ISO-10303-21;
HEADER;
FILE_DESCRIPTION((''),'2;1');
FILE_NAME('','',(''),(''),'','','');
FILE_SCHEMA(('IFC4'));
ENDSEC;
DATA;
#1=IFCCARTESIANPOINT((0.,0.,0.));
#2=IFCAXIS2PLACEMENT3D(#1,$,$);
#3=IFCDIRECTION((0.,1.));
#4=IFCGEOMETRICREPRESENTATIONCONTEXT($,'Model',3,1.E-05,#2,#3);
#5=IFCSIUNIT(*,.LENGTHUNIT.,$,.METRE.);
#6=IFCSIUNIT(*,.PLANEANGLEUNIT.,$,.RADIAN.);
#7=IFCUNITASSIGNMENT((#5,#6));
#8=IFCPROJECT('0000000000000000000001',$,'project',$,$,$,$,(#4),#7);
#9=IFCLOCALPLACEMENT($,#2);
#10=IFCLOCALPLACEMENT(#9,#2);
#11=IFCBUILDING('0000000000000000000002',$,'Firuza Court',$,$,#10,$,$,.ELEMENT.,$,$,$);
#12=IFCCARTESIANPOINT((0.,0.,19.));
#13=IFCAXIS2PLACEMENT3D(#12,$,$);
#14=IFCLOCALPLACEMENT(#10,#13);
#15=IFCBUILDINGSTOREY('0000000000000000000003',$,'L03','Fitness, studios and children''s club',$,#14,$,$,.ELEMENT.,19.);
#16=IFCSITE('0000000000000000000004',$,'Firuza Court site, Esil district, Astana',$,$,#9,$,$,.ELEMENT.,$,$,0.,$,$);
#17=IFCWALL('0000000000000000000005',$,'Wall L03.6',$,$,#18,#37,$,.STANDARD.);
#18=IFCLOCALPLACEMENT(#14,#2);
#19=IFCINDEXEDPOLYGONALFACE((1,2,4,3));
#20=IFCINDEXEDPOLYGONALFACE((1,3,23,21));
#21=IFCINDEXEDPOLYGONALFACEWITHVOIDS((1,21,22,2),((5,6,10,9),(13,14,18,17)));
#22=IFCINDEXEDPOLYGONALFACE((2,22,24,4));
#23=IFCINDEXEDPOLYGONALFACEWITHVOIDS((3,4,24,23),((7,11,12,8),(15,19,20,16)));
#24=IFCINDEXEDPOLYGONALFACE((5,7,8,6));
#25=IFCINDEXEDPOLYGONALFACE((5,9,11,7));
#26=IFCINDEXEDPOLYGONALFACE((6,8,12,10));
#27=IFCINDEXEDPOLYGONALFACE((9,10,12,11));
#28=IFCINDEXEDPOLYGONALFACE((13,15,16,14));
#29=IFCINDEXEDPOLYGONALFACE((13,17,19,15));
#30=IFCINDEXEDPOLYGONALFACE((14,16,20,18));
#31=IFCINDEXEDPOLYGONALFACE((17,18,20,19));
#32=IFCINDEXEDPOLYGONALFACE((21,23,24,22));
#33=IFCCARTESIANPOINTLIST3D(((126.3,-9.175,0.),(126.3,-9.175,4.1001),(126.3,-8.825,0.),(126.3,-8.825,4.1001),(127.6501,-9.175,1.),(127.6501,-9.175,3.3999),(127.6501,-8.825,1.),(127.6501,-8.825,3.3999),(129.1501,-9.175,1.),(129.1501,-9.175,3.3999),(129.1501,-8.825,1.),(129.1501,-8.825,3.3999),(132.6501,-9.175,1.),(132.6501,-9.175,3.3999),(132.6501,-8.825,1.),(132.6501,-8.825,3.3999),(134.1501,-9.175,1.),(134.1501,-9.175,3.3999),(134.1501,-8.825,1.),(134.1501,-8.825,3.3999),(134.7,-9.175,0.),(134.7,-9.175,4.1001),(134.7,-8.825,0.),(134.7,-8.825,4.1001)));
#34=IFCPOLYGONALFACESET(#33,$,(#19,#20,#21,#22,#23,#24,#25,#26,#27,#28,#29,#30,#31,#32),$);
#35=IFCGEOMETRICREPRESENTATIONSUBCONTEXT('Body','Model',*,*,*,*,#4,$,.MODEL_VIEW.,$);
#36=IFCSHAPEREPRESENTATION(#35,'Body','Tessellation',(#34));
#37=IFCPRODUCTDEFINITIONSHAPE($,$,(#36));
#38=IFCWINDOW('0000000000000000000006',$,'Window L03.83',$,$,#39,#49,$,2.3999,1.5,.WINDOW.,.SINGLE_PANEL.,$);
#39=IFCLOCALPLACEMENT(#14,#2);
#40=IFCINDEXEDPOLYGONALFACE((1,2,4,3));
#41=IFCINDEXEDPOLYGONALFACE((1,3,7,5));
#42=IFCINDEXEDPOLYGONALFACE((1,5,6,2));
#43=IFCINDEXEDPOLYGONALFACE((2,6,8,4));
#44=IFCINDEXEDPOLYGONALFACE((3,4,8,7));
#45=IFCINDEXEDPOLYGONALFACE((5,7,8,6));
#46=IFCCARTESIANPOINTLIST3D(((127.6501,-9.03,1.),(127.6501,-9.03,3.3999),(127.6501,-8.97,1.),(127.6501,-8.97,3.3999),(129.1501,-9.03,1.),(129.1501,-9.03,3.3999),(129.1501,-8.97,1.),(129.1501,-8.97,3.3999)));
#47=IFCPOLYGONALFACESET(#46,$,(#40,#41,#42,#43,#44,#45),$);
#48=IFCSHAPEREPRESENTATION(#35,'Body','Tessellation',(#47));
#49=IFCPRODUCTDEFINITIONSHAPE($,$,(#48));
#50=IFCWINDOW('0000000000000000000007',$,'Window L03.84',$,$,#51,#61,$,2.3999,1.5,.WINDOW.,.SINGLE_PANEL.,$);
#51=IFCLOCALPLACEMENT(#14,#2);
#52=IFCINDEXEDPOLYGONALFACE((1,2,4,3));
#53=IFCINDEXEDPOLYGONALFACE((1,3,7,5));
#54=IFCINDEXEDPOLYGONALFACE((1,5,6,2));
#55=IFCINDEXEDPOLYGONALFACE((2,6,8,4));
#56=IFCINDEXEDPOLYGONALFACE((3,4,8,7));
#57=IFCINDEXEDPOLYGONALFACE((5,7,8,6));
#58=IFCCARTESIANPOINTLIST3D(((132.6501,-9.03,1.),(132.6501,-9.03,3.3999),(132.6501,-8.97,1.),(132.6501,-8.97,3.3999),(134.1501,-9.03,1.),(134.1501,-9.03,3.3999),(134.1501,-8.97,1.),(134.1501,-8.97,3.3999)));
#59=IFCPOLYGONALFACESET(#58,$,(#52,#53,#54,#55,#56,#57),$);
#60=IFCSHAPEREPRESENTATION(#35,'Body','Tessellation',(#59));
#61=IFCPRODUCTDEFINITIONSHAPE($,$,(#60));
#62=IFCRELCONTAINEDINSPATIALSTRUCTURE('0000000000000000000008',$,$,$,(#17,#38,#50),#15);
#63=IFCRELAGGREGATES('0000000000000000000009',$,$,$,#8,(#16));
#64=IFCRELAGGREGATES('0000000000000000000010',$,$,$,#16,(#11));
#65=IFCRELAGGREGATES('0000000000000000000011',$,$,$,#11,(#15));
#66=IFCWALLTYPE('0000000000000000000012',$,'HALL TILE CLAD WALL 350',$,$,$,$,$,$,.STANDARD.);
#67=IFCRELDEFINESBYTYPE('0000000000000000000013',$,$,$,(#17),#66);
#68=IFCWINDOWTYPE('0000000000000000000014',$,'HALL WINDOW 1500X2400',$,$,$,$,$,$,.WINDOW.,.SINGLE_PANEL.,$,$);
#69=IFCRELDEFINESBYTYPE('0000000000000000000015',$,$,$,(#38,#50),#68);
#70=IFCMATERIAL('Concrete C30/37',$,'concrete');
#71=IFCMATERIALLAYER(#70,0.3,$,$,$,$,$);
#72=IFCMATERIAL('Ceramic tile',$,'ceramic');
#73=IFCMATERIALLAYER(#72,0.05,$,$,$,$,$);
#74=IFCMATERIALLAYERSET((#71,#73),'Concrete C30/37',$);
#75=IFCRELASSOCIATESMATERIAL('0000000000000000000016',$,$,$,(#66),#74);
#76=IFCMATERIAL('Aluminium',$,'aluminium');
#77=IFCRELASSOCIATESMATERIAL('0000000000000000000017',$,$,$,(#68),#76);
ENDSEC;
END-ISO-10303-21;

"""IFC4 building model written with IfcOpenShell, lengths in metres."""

from ifc_helpers import new_model, si_unit, direction, frame, frame_2d, origin, place, context, subcontext, project, spatial, rectangle, extrude, material, layer, layer_set, type_object, element, fill, save


model = new_model("IFC4")

# Units and contexts
model_context = context("Model", 3, precision=1e-05, world=origin(), true_north=direction((0.0, 1.0)))
body_context = subcontext(model_context, "Body", "Model", "MODEL_VIEW")
ifc_project = project(units=[si_unit("LENGTHUNIT", "METRE"), si_unit("PLANEANGLEUNIT", "RADIAN")], contexts=[model_context])

# Site, building, storey
site_placement = place(None, origin())
site = spatial("IfcSite", under=ifc_project, at=site_placement, Name="Firuza Court site, Esil district, Astana", CompositionType="ELEMENT", RefElevation=0.0)
building_placement = place(site_placement, origin())
building = spatial("IfcBuilding", under=site, at=building_placement, Name="Firuza Court", CompositionType="ELEMENT")
storey_placement = place(building_placement, frame((0.0, 0.0, 19.0)))
storey = spatial("IfcBuildingStorey", under=building, at=storey_placement, Name="L03", Description="Fitness, studios and children's club", CompositionType="ELEMENT", Elevation=19.0)

# Wall, openings, windows
ifc_material_1 = material(Name="Concrete C30/37", Category="concrete")
ifc_layer_1 = layer(ifc_material_1, 0.3)
ifc_material_2 = material(Name="Ceramic tile", Category="ceramic")
ifc_layer_2 = layer(ifc_material_2, 0.05)
ifc_layer_set_1 = layer_set([ifc_layer_1, ifc_layer_2], Name="Concrete C30/37")
wall_type_1 = type_object("IfcWallType", Name="HALL TILE CLAD WALL 350", PredefinedType="STANDARD", material=ifc_layer_set_1)
ifc_material_3 = material(Name="Aluminium", Category="aluminium")
window_type = type_object("IfcWindowType", Name="HALL WINDOW 1500X2400", PartitioningType="SINGLE_PANEL", PredefinedType="WINDOW", material=ifc_material_3)
wall_1_placement = place(storey_placement, frame((126.3, -9.0, 0.0), z_axis=(0.0, 0.0, 1.0), x_axis=(1.0, 0.0, 0.0)))
wall_1 = element("IfcWall", 1, at=wall_1_placement, inside=storey, type_object=wall_type_1, Name="Wall L03.6", PredefinedType="STANDARD", context=body_context, shape_type="SweptSolid", body=[
    extrude(rectangle(XDim=8.3999, YDim=0.3501, at=frame_2d((4.2, 0.0))), origin(), (0.0, 0.0, 1.0), 4.1001),
])
opening_1_placement = place(wall_1_placement, frame((1.3501, 0.0, 1.0)))
opening_1 = element("IfcOpeningElement", 2, at=opening_1_placement, cuts=wall_1, PredefinedType="OPENING", context=body_context, shape_type="SweptSolid", body=[
    extrude(rectangle(XDim=1.5, YDim=2.3999, at=frame_2d((0.75, 1.2))), frame((0.0, 0.187, 0.0), z_axis=(0.0, -1.0, 0.0), x_axis=(1.0, 0.0, 0.0)), (0.0, 0.0, 1.0), 0.374),
])
opening_2_placement = place(wall_1_placement, frame((6.3501, 0.0, 1.0)))
opening_2 = element("IfcOpeningElement", 3, at=opening_2_placement, cuts=wall_1, PredefinedType="OPENING", context=body_context, shape_type="SweptSolid", body=[
    extrude(rectangle(XDim=1.5, YDim=2.3999, at=frame_2d((0.75, 1.2))), frame((0.0, 0.187, 0.0), z_axis=(0.0, -1.0, 0.0), x_axis=(1.0, 0.0, 0.0)), (0.0, 0.0, 1.0), 0.374),
])
window_1_placement = place(opening_1_placement, origin())
window_1 = element("IfcWindow", 4, at=window_1_placement, inside=storey, type_object=window_type, Name="Window L03.83", OverallHeight=2.3999, OverallWidth=1.5, PartitioningType="SINGLE_PANEL", PredefinedType="WINDOW", context=body_context, shape_type="SweptSolid", body=[
    extrude(rectangle(XDim=1.5, YDim=2.3999, at=frame_2d((0.75, 1.2))), frame((0.0, 0.03, 0.0), z_axis=(0.0, -1.0, 0.0), x_axis=(1.0, 0.0, 0.0)), (0.0, 0.0, 1.0), 0.0601),
])
fill(opening_1, window_1)
window_2_placement = place(opening_2_placement, origin())
window_2 = element("IfcWindow", 5, at=window_2_placement, inside=storey, type_object=window_type, Name="Window L03.84", OverallHeight=2.3999, OverallWidth=1.5, PartitioningType="SINGLE_PANEL", PredefinedType="WINDOW", context=body_context, shape_type="SweptSolid", body=[
    extrude(rectangle(XDim=1.5, YDim=2.3999, at=frame_2d((0.75, 1.2))), frame((0.0, 0.03, 0.0), z_axis=(0.0, -1.0, 0.0), x_axis=(1.0, 0.0, 0.0)), (0.0, 0.0, 1.0), 0.0601),
])
fill(opening_2, window_2)

save(model, "model.ifc")
